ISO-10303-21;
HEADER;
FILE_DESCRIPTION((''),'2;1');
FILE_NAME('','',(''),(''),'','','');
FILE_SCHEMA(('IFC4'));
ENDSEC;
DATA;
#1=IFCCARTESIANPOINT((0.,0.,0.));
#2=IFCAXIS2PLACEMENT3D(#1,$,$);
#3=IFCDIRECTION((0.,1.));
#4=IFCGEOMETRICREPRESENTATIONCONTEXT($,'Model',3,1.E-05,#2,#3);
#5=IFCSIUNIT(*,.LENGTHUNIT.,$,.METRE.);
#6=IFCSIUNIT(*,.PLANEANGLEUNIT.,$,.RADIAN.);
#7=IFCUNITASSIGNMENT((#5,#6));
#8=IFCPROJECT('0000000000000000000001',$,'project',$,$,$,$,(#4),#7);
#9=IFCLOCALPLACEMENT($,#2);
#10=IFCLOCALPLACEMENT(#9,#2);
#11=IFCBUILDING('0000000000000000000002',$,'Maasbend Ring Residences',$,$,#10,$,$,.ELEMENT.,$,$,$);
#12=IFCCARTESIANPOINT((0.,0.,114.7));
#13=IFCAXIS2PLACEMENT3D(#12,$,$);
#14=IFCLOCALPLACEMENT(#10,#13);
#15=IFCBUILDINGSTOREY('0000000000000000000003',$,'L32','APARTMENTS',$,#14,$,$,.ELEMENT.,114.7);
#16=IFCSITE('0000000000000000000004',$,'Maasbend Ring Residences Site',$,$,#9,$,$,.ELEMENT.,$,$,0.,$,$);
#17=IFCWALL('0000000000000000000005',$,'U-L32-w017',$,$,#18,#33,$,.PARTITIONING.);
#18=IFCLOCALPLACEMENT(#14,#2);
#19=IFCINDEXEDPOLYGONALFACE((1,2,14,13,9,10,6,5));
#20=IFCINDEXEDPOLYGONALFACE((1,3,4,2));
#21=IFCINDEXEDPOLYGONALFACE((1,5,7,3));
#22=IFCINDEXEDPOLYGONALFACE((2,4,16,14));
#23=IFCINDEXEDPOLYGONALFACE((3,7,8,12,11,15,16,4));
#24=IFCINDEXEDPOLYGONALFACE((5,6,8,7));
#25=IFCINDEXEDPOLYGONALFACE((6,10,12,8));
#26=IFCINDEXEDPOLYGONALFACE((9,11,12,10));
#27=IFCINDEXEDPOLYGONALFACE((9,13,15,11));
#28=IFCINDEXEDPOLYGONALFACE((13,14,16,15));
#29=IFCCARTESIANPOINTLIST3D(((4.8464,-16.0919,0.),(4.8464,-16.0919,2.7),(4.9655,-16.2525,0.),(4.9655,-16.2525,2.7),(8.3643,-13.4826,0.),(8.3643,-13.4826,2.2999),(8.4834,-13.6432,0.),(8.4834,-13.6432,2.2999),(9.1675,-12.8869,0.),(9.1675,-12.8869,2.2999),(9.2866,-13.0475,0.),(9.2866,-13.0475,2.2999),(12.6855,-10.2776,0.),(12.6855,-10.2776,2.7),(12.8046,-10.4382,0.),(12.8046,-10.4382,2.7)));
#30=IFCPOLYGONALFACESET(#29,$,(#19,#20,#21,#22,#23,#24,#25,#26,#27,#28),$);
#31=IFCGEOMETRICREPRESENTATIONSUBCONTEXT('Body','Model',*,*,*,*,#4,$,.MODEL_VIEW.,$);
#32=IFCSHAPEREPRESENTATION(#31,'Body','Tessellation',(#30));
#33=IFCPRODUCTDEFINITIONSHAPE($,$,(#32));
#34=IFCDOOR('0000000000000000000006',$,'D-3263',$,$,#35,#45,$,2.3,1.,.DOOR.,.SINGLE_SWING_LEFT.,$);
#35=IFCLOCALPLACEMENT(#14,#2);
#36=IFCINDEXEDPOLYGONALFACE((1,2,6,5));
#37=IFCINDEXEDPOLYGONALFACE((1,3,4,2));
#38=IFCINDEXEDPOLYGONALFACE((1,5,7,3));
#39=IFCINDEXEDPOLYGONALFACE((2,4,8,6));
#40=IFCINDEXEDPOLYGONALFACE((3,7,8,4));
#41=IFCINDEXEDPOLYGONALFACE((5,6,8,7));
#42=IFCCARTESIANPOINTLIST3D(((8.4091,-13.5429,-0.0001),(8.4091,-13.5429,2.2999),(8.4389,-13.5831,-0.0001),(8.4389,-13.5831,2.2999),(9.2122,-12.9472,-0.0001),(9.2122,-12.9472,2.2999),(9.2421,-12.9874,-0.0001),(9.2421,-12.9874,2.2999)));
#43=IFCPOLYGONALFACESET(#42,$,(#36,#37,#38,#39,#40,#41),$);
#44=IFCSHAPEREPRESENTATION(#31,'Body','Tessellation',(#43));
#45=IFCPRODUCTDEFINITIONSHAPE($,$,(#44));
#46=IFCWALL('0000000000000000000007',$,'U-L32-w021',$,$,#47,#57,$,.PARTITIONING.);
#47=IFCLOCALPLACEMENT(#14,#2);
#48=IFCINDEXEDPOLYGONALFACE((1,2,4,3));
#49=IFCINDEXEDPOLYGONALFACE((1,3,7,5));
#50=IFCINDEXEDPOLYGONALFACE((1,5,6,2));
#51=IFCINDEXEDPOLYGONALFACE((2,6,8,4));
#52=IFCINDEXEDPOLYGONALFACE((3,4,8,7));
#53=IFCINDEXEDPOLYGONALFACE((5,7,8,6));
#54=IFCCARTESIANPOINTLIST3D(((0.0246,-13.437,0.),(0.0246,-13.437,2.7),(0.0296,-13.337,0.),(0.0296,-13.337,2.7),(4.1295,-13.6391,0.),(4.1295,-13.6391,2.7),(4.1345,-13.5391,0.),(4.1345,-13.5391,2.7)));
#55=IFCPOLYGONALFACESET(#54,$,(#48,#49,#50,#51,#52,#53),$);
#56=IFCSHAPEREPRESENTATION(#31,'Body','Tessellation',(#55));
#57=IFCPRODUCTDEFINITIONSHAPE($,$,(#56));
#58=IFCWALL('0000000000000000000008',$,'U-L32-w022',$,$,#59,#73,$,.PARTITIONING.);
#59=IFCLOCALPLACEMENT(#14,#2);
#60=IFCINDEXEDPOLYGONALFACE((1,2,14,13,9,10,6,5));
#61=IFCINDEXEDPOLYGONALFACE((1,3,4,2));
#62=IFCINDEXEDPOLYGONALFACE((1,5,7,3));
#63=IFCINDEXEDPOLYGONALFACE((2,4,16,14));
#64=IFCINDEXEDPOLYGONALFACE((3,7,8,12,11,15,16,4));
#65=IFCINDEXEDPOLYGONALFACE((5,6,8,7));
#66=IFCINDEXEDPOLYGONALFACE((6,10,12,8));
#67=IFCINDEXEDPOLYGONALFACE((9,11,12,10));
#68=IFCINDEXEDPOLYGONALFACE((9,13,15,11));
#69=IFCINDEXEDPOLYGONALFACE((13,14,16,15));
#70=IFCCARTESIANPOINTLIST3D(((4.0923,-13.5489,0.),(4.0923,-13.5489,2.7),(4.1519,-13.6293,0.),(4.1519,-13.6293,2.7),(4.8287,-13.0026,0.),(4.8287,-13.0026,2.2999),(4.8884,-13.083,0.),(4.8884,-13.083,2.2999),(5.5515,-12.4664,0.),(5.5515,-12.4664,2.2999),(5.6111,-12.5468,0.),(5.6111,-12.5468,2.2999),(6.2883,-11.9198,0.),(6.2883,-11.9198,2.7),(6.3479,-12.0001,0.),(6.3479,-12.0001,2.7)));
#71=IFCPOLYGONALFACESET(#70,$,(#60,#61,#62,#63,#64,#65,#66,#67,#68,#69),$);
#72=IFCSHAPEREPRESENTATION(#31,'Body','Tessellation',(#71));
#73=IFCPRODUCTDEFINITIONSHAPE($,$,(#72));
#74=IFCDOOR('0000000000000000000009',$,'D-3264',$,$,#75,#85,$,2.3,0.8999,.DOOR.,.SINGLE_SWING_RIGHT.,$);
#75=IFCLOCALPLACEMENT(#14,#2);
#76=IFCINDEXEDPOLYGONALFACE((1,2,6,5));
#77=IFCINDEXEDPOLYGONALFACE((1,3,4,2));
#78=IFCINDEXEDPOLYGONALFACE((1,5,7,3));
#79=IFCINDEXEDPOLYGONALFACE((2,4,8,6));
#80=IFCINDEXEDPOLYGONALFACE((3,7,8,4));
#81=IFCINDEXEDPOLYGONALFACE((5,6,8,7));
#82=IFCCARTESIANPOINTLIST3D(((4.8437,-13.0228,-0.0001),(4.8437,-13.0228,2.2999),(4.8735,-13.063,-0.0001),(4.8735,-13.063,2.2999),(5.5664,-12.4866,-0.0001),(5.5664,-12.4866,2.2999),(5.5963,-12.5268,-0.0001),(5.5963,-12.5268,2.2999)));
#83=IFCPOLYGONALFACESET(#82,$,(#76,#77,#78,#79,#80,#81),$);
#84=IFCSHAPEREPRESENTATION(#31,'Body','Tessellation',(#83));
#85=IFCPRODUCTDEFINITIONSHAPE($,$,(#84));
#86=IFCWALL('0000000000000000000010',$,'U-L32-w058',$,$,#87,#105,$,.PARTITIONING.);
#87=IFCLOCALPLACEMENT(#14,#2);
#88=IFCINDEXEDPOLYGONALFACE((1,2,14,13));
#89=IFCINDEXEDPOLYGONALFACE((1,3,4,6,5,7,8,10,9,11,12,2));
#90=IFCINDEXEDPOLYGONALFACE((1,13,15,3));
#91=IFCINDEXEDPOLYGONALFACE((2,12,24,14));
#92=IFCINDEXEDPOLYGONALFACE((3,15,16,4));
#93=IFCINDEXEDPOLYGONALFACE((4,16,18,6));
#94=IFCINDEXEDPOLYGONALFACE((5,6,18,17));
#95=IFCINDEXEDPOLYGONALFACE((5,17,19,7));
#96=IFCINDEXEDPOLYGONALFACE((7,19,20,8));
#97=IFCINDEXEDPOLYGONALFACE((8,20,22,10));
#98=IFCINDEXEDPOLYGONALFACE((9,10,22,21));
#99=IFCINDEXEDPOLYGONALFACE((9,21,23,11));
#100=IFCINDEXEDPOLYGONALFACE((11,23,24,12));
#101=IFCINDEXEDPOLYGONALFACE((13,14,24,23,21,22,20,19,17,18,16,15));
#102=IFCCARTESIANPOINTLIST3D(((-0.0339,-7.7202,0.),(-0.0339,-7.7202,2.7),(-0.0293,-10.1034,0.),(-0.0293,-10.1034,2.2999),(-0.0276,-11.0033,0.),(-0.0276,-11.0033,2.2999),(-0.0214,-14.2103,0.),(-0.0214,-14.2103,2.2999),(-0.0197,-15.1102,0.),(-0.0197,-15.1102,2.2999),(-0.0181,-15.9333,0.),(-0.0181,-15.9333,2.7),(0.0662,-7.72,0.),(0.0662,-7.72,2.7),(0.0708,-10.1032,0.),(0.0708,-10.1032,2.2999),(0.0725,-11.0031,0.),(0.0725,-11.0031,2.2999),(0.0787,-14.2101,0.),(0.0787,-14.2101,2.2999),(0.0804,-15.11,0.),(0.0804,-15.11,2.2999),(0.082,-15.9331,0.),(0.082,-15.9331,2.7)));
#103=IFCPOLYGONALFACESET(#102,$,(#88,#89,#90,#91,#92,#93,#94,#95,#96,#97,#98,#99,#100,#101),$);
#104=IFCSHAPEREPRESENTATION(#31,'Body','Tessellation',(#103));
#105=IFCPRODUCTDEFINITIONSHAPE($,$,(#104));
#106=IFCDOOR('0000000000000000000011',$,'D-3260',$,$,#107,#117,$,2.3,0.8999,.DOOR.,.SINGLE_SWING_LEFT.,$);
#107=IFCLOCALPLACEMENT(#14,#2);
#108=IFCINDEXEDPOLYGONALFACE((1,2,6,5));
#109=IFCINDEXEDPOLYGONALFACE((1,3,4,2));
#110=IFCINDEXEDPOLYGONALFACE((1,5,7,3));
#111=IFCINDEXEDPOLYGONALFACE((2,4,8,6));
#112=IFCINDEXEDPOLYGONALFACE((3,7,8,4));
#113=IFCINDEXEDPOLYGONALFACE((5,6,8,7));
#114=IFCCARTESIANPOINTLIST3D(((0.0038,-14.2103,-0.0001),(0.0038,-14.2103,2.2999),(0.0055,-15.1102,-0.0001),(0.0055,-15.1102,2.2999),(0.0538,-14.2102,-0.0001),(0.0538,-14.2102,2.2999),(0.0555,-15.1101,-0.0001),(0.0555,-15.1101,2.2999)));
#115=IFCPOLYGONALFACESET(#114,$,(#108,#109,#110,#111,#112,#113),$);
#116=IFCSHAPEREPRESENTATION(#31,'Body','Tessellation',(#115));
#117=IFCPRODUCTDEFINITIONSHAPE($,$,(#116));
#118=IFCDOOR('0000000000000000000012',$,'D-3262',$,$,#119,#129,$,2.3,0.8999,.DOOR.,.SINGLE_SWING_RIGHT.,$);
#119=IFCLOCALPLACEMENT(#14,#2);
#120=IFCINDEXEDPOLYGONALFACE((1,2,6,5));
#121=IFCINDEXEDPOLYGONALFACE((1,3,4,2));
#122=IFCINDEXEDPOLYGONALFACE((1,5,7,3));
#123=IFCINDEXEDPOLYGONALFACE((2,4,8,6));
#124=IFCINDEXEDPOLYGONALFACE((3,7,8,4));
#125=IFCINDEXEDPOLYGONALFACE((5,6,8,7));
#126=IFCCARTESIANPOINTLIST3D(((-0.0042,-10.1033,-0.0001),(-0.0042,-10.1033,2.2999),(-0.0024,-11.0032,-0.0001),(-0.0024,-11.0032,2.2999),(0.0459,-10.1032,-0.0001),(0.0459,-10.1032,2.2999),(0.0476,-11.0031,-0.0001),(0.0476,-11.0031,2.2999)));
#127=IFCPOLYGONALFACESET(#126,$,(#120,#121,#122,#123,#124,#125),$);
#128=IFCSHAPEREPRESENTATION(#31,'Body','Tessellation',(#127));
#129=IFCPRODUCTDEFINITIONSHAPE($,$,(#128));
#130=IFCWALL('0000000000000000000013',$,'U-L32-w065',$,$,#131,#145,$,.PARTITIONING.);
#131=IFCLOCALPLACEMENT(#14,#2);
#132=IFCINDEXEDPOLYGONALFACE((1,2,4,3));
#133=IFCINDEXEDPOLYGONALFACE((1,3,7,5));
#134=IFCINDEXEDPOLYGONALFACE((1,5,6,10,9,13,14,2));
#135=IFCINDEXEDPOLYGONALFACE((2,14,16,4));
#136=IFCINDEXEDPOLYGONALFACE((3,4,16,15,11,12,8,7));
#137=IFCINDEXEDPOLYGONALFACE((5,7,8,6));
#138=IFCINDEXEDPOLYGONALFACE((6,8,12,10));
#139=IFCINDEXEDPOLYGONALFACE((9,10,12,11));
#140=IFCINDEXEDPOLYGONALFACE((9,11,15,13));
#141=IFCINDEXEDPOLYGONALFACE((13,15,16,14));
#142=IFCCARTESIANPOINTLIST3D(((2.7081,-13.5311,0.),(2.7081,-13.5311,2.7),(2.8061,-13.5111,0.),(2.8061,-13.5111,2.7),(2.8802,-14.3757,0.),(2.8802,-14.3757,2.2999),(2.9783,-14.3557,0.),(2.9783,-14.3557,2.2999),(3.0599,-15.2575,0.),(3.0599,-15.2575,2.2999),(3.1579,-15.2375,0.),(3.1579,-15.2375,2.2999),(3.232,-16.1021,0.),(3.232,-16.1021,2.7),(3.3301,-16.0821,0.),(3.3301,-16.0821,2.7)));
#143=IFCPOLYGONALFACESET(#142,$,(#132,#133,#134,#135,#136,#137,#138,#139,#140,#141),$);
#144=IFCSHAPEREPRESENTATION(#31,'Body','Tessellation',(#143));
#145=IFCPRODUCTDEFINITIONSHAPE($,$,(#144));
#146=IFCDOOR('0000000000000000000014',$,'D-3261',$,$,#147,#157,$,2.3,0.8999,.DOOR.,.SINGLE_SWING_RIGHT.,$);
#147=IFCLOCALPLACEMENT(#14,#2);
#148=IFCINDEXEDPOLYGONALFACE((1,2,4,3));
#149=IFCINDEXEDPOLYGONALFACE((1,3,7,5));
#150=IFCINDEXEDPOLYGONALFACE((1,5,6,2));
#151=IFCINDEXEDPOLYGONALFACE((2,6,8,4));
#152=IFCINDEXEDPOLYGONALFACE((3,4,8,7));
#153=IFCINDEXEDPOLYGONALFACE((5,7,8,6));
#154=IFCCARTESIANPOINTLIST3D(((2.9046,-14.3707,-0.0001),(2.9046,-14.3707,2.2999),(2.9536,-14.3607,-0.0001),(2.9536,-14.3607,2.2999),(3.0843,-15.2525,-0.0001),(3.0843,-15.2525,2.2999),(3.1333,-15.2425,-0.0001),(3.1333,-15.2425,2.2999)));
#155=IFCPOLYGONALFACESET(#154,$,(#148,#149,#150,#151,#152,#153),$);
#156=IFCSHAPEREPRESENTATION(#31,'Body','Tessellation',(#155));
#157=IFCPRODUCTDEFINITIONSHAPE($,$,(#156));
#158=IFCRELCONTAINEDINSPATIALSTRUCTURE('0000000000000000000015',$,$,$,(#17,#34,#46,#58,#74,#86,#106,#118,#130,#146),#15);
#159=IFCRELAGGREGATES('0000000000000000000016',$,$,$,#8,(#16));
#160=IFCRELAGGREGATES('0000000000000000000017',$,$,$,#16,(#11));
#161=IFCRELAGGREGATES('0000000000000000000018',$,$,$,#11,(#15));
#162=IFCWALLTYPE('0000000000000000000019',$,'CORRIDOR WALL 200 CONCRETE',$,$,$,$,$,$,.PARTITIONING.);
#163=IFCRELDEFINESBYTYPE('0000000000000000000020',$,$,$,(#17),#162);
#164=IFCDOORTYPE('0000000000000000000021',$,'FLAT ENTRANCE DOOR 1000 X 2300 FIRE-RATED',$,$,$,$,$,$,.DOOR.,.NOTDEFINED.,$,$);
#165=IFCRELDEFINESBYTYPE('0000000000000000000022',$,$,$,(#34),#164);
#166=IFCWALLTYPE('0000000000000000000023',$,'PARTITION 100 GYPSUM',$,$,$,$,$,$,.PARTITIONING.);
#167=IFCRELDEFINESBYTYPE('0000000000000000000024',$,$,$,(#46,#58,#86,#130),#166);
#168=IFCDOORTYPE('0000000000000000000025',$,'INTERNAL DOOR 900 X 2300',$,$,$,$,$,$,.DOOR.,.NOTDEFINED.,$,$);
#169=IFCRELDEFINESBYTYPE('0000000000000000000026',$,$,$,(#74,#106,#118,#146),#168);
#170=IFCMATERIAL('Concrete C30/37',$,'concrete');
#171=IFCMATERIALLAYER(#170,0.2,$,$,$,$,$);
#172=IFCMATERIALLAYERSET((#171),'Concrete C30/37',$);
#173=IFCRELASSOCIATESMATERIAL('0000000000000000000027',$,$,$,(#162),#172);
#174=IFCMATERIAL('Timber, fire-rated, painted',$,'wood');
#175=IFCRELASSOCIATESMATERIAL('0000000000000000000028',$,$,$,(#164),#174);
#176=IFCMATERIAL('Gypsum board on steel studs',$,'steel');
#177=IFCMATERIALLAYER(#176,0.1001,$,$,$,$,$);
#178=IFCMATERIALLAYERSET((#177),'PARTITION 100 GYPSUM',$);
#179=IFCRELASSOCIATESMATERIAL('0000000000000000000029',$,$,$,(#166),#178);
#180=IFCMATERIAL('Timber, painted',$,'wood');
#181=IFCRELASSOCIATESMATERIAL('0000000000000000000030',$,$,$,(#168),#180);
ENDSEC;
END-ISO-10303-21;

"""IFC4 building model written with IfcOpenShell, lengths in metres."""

from ifc_helpers import new_model, si_unit, direction, frame, frame_2d, origin, place, context, subcontext, project, spatial, rectangle, extrude, material, layer, layer_set, type_object, element, fill, save


model = new_model("IFC4")

# Units and contexts
model_context = context("Model", 3, precision=1e-05, world=origin(), true_north=direction((0.0, 1.0)))
body_context = subcontext(model_context, "Body", "Model", "MODEL_VIEW")
ifc_project = project(units=[si_unit("LENGTHUNIT", "METRE"), si_unit("PLANEANGLEUNIT", "RADIAN")], contexts=[model_context])

# Site, building, storey
site_placement = place(None, origin())
site = spatial("IfcSite", under=ifc_project, at=site_placement, Name="Maasbend Ring Residences Site", CompositionType="ELEMENT", RefElevation=0.0)
building_placement = place(site_placement, origin())
building = spatial("IfcBuilding", under=site, at=building_placement, Name="Maasbend Ring Residences", CompositionType="ELEMENT")
storey_placement = place(building_placement, frame((0.0, 0.0, 114.7)))
storey = spatial("IfcBuildingStorey", under=building, at=storey_placement, Name="L32", Description="APARTMENTS", CompositionType="ELEMENT", Elevation=114.7)

# Wall, opening, door
ifc_material_1 = material(Name="Concrete C30/37", Category="concrete")
ifc_layer_1 = layer(ifc_material_1, 0.2)
ifc_layer_set_1 = layer_set([ifc_layer_1], Name="Concrete C30/37")
wall_type_1 = type_object("IfcWallType", Name="CORRIDOR WALL 200 CONCRETE", PredefinedType="PARTITIONING", material=ifc_layer_set_1)
ifc_material_2 = material(Name="Timber, fire-rated, painted", Category="wood")
door_type_1 = type_object("IfcDoorType", Name="FLAT ENTRANCE DOOR 1000 X 2300 FIRE-RATED", OperationType="NOTDEFINED", PredefinedType="DOOR", material=ifc_material_2)
wall_1_placement = place(storey_placement, frame((4.906, -16.1721, 0.0), z_axis=(0.0, 0.0, 1.0), x_axis=(0.803191, 0.595721, 0.0)))
wall_1 = element("IfcWall", 1, at=wall_1_placement, inside=storey, type_object=wall_type_1, Name="U-L32-w017", PredefinedType="PARTITIONING", context=body_context, shape_type="SweptSolid", body=[
    extrude(rectangle(XDim=9.76, YDim=0.2, at=frame_2d((4.8799, 0.0))), origin(), (0.0, 0.0, 1.0), 2.7),
])
opening_1_placement = place(wall_1_placement, frame((4.3799, 0.0, 0.0)))
opening_1 = element("IfcOpeningElement", 2, at=opening_1_placement, cuts=wall_1, PredefinedType="OPENING", context=body_context, shape_type="SweptSolid", body=[
    extrude(rectangle(XDim=1.0, YDim=2.3, at=frame_2d((0.5, 1.1499))), frame((0.0, 0.1099, 0.0), z_axis=(0.0, -1.0, 0.0), x_axis=(1.0, 0.0, 0.0)), (0.0, 0.0, 1.0), 0.22),
])
door_1_placement = place(opening_1_placement, origin())
door_1 = element("IfcDoor", 3, at=door_1_placement, inside=storey, type_object=door_type_1, Name="D-3263", OperationType="SINGLE_SWING_LEFT", OverallHeight=2.3, OverallWidth=1.0, PredefinedType="DOOR", context=body_context, shape_type="SweptSolid", body=[
    extrude(rectangle(XDim=1.0, YDim=2.3, at=frame_2d((0.5, 1.1499))), frame((0.0, 0.0249, 0.0), z_axis=(0.0, -1.0, 0.0), x_axis=(1.0, 0.0, 0.0)), (0.0, 0.0, 1.0), 0.05),
])
fill(opening_1, door_1)

# Wall
ifc_material_3 = material(Name="Gypsum board on steel studs", Category="steel")
ifc_layer_2 = layer(ifc_material_3, 0.1001)
ifc_layer_set_2 = layer_set([ifc_layer_2], Name="PARTITION 100 GYPSUM")
wall_type_2 = type_object("IfcWallType", Name="PARTITION 100 GYPSUM", PredefinedType="PARTITIONING", material=ifc_layer_set_2)
wall_2_placement = place(storey_placement, frame((0.0271, -13.387, 0.0), z_axis=(0.0, 0.0, 1.0), x_axis=(0.99879, -0.049185, 0.0)))
element("IfcWall", 4, at=wall_2_placement, inside=storey, type_object=wall_type_2, Name="U-L32-w021", PredefinedType="PARTITIONING", context=body_context, shape_type="SweptSolid", body=[
    extrude(rectangle(XDim=4.1099, YDim=0.1001, at=frame_2d((2.0549, 0.0))), origin(), (0.0, 0.0, 1.0), 2.7),
])

# Wall, opening, door
wall_3_placement = place(storey_placement, frame((4.1221, -13.5891, 0.0), z_axis=(0.0, 0.0, 1.0), x_axis=(0.803128, 0.595806, 0.0)))
wall_3 = element("IfcWall", 5, at=wall_3_placement, inside=storey, type_object=wall_type_2, Name="U-L32-w022", PredefinedType="PARTITIONING", context=body_context, shape_type="SweptSolid", body=[
    extrude(rectangle(XDim=2.7344, YDim=0.1001, at=frame_2d((1.3672, 0.0))), origin(), (0.0, 0.0, 1.0), 2.7),
])
opening_2_placement = place(wall_3_placement, frame((0.917, 0.0, 0.0)))
opening_2 = element("IfcOpeningElement", 6, at=opening_2_placement, cuts=wall_3, PredefinedType="OPENING", context=body_context, shape_type="SweptSolid", body=[
    extrude(rectangle(XDim=0.8999, YDim=2.3, at=frame_2d((0.45, 1.1499))), frame((0.0, 0.0601, 0.0), z_axis=(0.0, -1.0, 0.0), x_axis=(1.0, 0.0, 0.0)), (0.0, 0.0, 1.0), 0.1201),
])
ifc_material_4 = material(Name="Timber, painted", Category="wood")
door_type_2 = type_object("IfcDoorType", Name="INTERNAL DOOR 900 X 2300", OperationType="NOTDEFINED", PredefinedType="DOOR", material=ifc_material_4)
door_2_placement = place(opening_2_placement, origin())
door_2 = element("IfcDoor", 7, at=door_2_placement, inside=storey, type_object=door_type_2, Name="D-3264", OperationType="SINGLE_SWING_RIGHT", OverallHeight=2.3, OverallWidth=0.8999, PredefinedType="DOOR", context=body_context, shape_type="SweptSolid", body=[
    extrude(rectangle(XDim=0.8999, YDim=2.3, at=frame_2d((0.45, 1.1499))), frame((0.0, 0.0249, 0.0), z_axis=(0.0, -1.0, 0.0), x_axis=(1.0, 0.0, 0.0)), (0.0, 0.0, 1.0), 0.05),
])
fill(opening_2, door_2)

# Wall, openings, doors
wall_4_placement = place(storey_placement, frame((0.032, -15.9331, 0.0), z_axis=(0.0, 0.0, 1.0), x_axis=(-0.001932, 0.999998, 0.0)))
wall_4 = element("IfcWall", 8, at=wall_4_placement, inside=storey, type_object=wall_type_2, Name="U-L32-w058", PredefinedType="PARTITIONING", context=body_context, shape_type="SweptSolid", body=[
    extrude(rectangle(XDim=8.2131, YDim=0.1001, at=frame_2d((4.1064, 0.0))), origin(), (0.0, 0.0, 1.0), 2.7),
])
opening_3_placement = place(wall_4_placement, frame((0.823, 0.0, 0.0)))
opening_3 = element("IfcOpeningElement", 9, at=opening_3_placement, cuts=wall_4, PredefinedType="OPENING", context=body_context, shape_type="SweptSolid", body=[
    extrude(rectangle(XDim=0.8999, YDim=2.3, at=frame_2d((0.45, 1.1499))), frame((0.0, 0.0601, 0.0), z_axis=(0.0, -1.0, 0.0), x_axis=(1.0, 0.0, 0.0)), (0.0, 0.0, 1.0), 0.1201),
])
opening_4_placement = place(wall_4_placement, frame((4.9299, 0.0, 0.0)))
opening_4 = element("IfcOpeningElement", 10, at=opening_4_placement, cuts=wall_4, PredefinedType="OPENING", context=body_context, shape_type="SweptSolid", body=[
    extrude(rectangle(XDim=0.8999, YDim=2.3, at=frame_2d((0.45, 1.1499))), frame((0.0, 0.0601, 0.0), z_axis=(0.0, -1.0, 0.0), x_axis=(1.0, 0.0, 0.0)), (0.0, 0.0, 1.0), 0.1201),
])
door_3_placement = place(opening_3_placement, origin())
door_3 = element("IfcDoor", 11, at=door_3_placement, inside=storey, type_object=door_type_2, Name="D-3260", OperationType="SINGLE_SWING_LEFT", OverallHeight=2.3, OverallWidth=0.8999, PredefinedType="DOOR", context=body_context, shape_type="SweptSolid", body=[
    extrude(rectangle(XDim=0.8999, YDim=2.3, at=frame_2d((0.45, 1.1499))), frame((0.0, 0.0249, 0.0), z_axis=(0.0, -1.0, 0.0), x_axis=(1.0, 0.0, 0.0)), (0.0, 0.0, 1.0), 0.05),
])
fill(opening_3, door_3)
door_4_placement = place(opening_4_placement, origin())
door_4 = element("IfcDoor", 12, at=door_4_placement, inside=storey, type_object=door_type_2, Name="D-3262", OperationType="SINGLE_SWING_RIGHT", OverallHeight=2.3, OverallWidth=0.8999, PredefinedType="DOOR", context=body_context, shape_type="SweptSolid", body=[
    extrude(rectangle(XDim=0.8999, YDim=2.3, at=frame_2d((0.45, 1.1499))), frame((0.0, 0.0249, 0.0), z_axis=(0.0, -1.0, 0.0), x_axis=(1.0, 0.0, 0.0)), (0.0, 0.0, 1.0), 0.05),
])
fill(opening_4, door_4)

# Wall, opening, door
wall_5_placement = place(storey_placement, frame((2.7571, -13.521, 0.0), z_axis=(0.0, 0.0, 1.0), x_axis=(0.199676, -0.979862, 0.0)))
wall_5 = element("IfcWall", 13, at=wall_5_placement, inside=storey, type_object=wall_type_2, Name="U-L32-w065", PredefinedType="PARTITIONING", context=body_context, shape_type="SweptSolid", body=[
    extrude(rectangle(XDim=2.6238, YDim=0.1001, at=frame_2d((1.312, 0.0))), origin(), (0.0, 0.0, 1.0), 2.7),
])
opening_5_placement = place(wall_5_placement, frame((0.8621, 0.0, 0.0)))
opening_5 = element("IfcOpeningElement", 14, at=opening_5_placement, cuts=wall_5, PredefinedType="OPENING", context=body_context, shape_type="SweptSolid", body=[
    extrude(rectangle(XDim=0.8999, YDim=2.3, at=frame_2d((0.45, 1.1499))), frame((0.0, 0.0601, 0.0), z_axis=(0.0, -1.0, 0.0), x_axis=(1.0, 0.0, 0.0)), (0.0, 0.0, 1.0), 0.1201),
])
door_5_placement = place(opening_5_placement, origin())
door_5 = element("IfcDoor", 15, at=door_5_placement, inside=storey, type_object=door_type_2, Name="D-3261", OperationType="SINGLE_SWING_RIGHT", OverallHeight=2.3, OverallWidth=0.8999, PredefinedType="DOOR", context=body_context, shape_type="SweptSolid", body=[
    extrude(rectangle(XDim=0.8999, YDim=2.3, at=frame_2d((0.45, 1.1499))), frame((0.0, 0.0249, 0.0), z_axis=(0.0, -1.0, 0.0), x_axis=(1.0, 0.0, 0.0)), (0.0, 0.0, 1.0), 0.05),
])
fill(opening_5, door_5)

save(model, "model.ifc")
